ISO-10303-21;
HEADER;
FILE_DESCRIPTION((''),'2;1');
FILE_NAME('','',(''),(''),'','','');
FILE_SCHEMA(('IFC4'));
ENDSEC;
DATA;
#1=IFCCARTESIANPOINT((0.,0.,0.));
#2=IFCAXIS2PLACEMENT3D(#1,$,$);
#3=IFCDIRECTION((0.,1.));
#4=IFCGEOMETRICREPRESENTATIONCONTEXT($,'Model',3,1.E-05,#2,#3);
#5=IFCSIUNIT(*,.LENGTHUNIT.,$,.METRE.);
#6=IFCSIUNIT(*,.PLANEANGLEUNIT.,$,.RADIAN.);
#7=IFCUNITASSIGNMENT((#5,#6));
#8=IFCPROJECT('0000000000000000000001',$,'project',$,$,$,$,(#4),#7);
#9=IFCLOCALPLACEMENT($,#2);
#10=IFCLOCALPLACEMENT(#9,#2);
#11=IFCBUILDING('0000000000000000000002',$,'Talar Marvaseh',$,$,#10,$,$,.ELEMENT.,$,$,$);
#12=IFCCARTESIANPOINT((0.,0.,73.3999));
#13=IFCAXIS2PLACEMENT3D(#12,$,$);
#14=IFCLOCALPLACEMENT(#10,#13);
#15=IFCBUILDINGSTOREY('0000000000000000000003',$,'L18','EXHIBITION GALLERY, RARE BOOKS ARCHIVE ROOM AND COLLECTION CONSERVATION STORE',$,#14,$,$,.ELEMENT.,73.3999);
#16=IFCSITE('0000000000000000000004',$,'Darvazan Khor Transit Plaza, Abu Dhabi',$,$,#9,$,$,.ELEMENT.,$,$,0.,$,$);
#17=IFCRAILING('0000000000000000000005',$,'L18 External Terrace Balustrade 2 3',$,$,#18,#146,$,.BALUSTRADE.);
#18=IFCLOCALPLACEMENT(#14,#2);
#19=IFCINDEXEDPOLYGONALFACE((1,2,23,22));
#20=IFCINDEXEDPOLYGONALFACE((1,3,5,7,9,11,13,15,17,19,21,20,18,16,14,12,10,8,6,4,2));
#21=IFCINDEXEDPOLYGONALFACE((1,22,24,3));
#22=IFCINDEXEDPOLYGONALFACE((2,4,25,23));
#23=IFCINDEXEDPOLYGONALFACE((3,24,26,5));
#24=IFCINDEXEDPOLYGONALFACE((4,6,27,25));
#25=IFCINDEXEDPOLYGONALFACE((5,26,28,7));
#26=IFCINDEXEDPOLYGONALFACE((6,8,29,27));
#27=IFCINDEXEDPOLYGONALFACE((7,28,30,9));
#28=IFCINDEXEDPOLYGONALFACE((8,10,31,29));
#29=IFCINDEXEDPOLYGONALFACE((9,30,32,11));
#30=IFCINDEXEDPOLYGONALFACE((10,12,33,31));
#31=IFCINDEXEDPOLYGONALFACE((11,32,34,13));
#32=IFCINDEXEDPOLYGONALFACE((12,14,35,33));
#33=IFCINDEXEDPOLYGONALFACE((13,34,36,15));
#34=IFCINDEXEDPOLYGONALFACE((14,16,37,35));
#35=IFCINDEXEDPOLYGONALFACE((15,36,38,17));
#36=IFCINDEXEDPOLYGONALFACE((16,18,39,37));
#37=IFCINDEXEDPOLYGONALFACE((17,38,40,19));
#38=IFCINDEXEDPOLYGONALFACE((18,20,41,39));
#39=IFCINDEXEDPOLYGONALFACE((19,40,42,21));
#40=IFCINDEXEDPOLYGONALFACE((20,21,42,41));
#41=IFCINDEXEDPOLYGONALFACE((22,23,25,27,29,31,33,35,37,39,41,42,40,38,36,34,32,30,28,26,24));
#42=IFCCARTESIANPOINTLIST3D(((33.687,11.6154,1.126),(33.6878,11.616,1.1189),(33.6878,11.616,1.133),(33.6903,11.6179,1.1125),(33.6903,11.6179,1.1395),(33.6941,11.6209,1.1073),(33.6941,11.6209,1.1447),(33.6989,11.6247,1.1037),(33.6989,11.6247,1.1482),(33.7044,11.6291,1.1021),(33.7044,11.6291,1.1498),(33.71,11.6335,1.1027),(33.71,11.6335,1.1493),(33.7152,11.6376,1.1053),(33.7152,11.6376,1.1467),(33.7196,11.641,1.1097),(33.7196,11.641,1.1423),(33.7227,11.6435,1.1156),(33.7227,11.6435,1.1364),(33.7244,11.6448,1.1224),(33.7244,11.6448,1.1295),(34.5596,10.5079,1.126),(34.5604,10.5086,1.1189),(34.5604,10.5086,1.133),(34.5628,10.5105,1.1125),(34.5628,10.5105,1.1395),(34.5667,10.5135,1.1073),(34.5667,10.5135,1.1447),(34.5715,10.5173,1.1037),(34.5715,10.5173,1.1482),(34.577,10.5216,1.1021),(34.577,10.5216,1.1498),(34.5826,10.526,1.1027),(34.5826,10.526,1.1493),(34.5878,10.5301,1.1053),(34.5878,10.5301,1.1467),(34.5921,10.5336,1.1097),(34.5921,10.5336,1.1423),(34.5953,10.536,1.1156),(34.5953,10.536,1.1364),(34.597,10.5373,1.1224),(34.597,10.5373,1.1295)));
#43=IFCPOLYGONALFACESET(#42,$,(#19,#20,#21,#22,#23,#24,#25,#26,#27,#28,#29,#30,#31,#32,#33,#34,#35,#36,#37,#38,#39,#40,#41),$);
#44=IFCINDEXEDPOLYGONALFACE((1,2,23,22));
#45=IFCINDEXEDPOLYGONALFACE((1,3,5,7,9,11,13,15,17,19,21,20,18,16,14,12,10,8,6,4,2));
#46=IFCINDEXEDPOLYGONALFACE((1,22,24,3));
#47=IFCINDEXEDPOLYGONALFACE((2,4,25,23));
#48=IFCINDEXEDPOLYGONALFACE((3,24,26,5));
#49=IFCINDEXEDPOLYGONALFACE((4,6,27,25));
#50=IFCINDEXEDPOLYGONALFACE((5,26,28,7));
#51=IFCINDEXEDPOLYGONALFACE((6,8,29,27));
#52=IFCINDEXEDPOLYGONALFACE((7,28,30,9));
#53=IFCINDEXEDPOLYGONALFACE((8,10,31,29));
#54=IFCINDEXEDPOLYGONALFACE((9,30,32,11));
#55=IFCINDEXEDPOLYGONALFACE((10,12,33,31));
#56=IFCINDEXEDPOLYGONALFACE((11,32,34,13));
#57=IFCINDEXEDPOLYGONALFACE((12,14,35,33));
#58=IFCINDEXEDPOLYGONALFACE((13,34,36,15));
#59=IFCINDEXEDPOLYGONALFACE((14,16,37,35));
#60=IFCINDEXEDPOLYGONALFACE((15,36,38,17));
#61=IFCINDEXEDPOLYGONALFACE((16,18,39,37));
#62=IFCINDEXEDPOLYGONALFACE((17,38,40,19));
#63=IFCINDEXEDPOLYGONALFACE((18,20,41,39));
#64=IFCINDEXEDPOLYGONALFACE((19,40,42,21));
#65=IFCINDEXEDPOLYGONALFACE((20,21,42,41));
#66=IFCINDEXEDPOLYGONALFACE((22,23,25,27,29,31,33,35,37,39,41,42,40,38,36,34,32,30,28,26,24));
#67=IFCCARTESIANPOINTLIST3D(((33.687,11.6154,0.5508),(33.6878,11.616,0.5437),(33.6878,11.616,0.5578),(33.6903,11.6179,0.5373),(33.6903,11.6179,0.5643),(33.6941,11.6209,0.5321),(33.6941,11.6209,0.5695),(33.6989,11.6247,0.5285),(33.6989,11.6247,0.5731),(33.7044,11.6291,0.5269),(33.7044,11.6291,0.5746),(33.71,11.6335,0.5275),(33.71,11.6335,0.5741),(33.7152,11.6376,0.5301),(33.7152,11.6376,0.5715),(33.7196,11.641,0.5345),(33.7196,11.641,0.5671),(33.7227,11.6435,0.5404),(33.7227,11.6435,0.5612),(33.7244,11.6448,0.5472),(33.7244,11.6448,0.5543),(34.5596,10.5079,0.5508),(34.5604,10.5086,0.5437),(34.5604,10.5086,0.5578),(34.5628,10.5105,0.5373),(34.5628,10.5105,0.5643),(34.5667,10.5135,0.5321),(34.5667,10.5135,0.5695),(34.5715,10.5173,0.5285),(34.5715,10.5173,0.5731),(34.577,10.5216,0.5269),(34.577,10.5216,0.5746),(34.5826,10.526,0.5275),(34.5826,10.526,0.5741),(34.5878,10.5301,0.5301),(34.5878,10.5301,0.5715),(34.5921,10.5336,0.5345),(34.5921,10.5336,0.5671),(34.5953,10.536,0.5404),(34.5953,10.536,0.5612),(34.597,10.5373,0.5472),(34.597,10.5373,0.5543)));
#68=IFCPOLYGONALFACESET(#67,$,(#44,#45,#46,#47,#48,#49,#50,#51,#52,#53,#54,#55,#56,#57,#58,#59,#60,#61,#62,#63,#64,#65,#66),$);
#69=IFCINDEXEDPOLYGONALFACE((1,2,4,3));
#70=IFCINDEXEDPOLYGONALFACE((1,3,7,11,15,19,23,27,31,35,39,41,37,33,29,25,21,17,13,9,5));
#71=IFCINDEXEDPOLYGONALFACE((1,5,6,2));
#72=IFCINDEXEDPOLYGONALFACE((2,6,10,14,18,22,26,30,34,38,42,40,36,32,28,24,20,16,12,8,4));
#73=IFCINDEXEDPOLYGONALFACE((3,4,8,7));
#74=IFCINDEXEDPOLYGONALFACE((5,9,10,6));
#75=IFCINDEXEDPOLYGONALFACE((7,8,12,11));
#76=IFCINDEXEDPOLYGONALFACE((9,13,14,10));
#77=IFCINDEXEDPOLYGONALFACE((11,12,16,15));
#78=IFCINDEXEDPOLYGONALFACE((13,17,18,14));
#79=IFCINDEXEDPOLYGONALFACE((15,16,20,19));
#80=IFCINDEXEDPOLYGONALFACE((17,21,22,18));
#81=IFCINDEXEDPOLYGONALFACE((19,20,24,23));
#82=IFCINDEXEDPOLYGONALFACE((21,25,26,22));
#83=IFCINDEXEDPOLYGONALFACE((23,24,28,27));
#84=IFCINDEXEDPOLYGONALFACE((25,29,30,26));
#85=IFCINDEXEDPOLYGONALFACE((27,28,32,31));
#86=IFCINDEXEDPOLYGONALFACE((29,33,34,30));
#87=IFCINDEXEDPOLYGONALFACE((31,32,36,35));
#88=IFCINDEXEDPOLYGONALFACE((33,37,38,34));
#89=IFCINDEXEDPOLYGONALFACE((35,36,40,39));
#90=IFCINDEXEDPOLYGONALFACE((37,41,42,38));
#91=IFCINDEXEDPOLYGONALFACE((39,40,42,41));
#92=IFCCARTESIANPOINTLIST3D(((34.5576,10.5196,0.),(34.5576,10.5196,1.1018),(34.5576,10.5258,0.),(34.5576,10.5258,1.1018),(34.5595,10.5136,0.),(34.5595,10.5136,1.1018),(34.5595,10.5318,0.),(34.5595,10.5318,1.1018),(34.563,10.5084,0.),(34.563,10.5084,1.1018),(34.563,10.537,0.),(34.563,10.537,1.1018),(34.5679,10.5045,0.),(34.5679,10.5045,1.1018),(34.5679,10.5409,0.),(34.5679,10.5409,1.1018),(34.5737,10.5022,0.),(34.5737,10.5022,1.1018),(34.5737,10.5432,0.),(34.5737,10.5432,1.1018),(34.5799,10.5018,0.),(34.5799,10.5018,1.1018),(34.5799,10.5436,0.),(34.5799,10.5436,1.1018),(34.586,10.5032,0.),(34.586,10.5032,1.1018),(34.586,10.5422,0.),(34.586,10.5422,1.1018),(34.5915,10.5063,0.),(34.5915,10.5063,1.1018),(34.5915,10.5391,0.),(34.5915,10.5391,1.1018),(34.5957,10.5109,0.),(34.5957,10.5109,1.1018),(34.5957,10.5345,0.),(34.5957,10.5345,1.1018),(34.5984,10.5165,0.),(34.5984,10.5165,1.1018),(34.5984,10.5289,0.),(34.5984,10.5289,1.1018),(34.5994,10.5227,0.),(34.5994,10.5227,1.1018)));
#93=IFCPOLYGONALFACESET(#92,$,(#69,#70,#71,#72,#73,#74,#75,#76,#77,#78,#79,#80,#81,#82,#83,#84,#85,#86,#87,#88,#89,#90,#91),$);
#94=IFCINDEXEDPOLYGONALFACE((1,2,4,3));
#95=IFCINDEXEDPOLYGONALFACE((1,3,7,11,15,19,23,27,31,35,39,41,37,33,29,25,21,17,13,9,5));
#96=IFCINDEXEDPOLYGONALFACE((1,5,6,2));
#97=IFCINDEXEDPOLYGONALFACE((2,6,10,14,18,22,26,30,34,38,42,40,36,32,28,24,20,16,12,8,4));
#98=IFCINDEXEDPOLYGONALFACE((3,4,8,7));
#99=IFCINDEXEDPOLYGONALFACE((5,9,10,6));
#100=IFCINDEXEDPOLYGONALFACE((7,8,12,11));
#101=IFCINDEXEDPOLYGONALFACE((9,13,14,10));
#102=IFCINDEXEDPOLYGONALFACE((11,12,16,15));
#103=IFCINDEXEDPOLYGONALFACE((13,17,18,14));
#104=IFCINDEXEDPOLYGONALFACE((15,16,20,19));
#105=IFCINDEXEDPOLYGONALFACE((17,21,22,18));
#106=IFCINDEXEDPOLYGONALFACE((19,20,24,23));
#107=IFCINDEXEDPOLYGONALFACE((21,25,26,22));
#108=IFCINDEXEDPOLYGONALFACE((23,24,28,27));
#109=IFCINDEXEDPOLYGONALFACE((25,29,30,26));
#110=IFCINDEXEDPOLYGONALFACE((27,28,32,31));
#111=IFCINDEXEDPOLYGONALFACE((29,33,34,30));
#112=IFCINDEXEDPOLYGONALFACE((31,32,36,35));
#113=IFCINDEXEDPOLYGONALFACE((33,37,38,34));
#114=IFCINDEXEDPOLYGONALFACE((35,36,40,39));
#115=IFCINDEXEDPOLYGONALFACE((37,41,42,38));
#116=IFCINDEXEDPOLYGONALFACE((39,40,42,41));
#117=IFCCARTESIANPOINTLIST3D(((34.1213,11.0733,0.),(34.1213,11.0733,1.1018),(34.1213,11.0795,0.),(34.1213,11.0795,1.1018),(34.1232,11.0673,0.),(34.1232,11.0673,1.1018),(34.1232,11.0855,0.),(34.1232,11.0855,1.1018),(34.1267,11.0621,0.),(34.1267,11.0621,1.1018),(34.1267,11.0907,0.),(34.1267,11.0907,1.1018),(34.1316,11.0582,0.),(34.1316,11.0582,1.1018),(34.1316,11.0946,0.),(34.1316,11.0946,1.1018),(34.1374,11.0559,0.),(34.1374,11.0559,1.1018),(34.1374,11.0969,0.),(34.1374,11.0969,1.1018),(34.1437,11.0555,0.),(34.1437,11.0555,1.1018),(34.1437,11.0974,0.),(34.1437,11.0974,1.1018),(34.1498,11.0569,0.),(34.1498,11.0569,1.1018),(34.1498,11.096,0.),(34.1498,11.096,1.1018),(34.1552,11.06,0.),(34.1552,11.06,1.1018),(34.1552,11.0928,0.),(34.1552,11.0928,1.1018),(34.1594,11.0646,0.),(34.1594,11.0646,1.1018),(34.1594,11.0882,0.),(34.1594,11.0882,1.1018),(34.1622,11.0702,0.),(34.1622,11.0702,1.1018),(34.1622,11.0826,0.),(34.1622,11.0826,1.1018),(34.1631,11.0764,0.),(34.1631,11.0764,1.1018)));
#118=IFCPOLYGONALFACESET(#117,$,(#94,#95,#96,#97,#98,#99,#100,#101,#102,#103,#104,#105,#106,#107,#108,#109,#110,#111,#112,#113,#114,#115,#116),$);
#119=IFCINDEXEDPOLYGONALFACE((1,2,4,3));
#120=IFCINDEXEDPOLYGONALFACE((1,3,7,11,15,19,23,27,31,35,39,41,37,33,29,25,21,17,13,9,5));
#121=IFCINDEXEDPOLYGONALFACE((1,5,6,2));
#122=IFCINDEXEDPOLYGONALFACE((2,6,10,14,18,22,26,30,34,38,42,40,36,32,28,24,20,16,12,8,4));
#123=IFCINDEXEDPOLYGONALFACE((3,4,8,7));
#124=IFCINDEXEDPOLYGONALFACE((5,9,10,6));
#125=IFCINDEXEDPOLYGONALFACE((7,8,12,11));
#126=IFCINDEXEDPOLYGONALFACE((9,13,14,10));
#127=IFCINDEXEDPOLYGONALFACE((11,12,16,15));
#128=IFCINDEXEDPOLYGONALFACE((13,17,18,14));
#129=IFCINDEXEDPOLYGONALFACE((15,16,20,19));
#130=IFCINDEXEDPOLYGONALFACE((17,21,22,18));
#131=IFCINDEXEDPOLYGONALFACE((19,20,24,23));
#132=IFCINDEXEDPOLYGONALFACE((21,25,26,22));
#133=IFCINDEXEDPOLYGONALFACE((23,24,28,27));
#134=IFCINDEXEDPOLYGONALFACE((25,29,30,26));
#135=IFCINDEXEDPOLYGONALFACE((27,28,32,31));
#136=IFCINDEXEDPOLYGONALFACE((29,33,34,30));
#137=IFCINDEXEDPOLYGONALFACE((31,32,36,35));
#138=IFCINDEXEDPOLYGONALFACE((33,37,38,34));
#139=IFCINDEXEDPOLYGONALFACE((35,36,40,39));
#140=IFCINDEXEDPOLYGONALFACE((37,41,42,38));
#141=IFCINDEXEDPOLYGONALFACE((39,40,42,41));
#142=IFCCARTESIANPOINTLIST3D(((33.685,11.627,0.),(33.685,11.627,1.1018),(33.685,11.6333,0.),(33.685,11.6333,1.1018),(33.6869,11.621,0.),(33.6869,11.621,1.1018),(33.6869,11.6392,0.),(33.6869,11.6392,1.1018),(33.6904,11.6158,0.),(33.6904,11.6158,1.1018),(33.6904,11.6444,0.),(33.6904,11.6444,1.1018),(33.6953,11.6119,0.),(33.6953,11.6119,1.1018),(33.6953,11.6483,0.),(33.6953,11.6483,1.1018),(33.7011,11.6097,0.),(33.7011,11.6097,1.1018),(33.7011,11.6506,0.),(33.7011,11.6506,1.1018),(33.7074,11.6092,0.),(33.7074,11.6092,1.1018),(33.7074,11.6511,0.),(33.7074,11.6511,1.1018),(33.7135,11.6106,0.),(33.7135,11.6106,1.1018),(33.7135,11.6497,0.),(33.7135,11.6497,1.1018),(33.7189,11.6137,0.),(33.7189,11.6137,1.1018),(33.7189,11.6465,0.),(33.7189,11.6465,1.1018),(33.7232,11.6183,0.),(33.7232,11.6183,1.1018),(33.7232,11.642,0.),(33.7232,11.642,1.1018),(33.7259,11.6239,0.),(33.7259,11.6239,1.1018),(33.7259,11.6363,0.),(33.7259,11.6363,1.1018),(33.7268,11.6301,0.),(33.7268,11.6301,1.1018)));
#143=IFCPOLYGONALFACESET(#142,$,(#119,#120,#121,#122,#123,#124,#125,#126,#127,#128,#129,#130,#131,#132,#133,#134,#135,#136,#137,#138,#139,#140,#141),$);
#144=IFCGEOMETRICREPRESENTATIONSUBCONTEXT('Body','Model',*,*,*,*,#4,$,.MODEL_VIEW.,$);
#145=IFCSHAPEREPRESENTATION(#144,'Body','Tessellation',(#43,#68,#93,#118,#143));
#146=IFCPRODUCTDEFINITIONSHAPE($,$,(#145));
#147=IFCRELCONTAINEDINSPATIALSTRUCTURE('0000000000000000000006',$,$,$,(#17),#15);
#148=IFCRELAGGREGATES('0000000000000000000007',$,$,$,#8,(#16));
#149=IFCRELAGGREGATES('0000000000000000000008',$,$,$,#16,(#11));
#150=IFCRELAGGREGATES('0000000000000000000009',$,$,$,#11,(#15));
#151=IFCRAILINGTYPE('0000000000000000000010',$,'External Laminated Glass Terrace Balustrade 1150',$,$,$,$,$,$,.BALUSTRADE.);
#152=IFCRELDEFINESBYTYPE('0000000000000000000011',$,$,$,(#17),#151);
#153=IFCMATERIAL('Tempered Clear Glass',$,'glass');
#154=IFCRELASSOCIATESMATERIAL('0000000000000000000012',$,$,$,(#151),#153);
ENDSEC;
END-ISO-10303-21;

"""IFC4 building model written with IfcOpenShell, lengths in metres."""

from ifc_helpers import new_model, si_unit, direction, frame, origin, origin_2d, place, context, subcontext, project, spatial, circle, extrude, material, type_object, element, save


model = new_model("IFC4")

# Units and contexts
model_context = context("Model", 3, precision=1e-05, world=origin(), true_north=direction((0.0, 1.0)))
body_context = subcontext(model_context, "Body", "Model", "MODEL_VIEW")
ifc_project = project(units=[si_unit("LENGTHUNIT", "METRE"), si_unit("PLANEANGLEUNIT", "RADIAN")], contexts=[model_context])

# Site, building, storey
site_placement = place(None, origin())
site = spatial("IfcSite", under=ifc_project, at=site_placement, Name="Darvazan Khor Transit Plaza, Abu Dhabi", CompositionType="ELEMENT", RefElevation=0.0)
building_placement = place(site_placement, origin())
building = spatial("IfcBuilding", under=site, at=building_placement, Name="Talar Marvaseh", CompositionType="ELEMENT")
storey_placement = place(building_placement, frame((0.0, 0.0, 73.3999)))
storey = spatial("IfcBuildingStorey", under=building, at=storey_placement, Name="L18", Description="EXHIBITION GALLERY, RARE BOOKS ARCHIVE ROOM AND COLLECTION CONSERVATION STORE", CompositionType="ELEMENT", Elevation=73.3999)

# Railing
ifc_material_1 = material(Name="Tempered Clear Glass", Category="glass")
railing_type = type_object("IfcRailingType", Name="External Laminated Glass Terrace Balustrade 1150", PredefinedType="BALUSTRADE", material=ifc_material_1)
railing_placement = place(storey_placement, frame((34.5784, 10.5227, 0.0)))
element("IfcRailing", 1, at=railing_placement, inside=storey, type_object=railing_type, Name="L18 External Terrace Balustrade 2 3", PredefinedType="BALUSTRADE", context=body_context, shape_type="SweptSolid", body=[
    extrude(circle(Radius=0.0239, at=origin_2d()), frame((0.0, 0.0, 1.126), z_axis=(-0.618892, 0.785476, 0.0), x_axis=(-0.785476, -0.618892, 0.0)), (0.0, 0.0, 1.0), 1.4099),
    extrude(circle(Radius=0.0239, at=origin_2d()), frame((0.0, 0.0, 0.5508), z_axis=(-0.618892, 0.785476, 0.0), x_axis=(-0.785476, -0.618892, 0.0)), (0.0, 0.0, 1.0), 1.4099),
    extrude(circle(Radius=0.021, at=origin_2d()), origin(), (0.0, 0.0, 1.0), 1.1018),
    extrude(circle(Radius=0.021, at=origin_2d()), frame((-0.4363, 0.5537, 0.0)), (0.0, 0.0, 1.0), 1.1018),
    extrude(circle(Radius=0.021, at=origin_2d()), frame((-0.8726, 1.1074, 0.0)), (0.0, 0.0, 1.0), 1.1018),
])

save(model, "model.ifc")
